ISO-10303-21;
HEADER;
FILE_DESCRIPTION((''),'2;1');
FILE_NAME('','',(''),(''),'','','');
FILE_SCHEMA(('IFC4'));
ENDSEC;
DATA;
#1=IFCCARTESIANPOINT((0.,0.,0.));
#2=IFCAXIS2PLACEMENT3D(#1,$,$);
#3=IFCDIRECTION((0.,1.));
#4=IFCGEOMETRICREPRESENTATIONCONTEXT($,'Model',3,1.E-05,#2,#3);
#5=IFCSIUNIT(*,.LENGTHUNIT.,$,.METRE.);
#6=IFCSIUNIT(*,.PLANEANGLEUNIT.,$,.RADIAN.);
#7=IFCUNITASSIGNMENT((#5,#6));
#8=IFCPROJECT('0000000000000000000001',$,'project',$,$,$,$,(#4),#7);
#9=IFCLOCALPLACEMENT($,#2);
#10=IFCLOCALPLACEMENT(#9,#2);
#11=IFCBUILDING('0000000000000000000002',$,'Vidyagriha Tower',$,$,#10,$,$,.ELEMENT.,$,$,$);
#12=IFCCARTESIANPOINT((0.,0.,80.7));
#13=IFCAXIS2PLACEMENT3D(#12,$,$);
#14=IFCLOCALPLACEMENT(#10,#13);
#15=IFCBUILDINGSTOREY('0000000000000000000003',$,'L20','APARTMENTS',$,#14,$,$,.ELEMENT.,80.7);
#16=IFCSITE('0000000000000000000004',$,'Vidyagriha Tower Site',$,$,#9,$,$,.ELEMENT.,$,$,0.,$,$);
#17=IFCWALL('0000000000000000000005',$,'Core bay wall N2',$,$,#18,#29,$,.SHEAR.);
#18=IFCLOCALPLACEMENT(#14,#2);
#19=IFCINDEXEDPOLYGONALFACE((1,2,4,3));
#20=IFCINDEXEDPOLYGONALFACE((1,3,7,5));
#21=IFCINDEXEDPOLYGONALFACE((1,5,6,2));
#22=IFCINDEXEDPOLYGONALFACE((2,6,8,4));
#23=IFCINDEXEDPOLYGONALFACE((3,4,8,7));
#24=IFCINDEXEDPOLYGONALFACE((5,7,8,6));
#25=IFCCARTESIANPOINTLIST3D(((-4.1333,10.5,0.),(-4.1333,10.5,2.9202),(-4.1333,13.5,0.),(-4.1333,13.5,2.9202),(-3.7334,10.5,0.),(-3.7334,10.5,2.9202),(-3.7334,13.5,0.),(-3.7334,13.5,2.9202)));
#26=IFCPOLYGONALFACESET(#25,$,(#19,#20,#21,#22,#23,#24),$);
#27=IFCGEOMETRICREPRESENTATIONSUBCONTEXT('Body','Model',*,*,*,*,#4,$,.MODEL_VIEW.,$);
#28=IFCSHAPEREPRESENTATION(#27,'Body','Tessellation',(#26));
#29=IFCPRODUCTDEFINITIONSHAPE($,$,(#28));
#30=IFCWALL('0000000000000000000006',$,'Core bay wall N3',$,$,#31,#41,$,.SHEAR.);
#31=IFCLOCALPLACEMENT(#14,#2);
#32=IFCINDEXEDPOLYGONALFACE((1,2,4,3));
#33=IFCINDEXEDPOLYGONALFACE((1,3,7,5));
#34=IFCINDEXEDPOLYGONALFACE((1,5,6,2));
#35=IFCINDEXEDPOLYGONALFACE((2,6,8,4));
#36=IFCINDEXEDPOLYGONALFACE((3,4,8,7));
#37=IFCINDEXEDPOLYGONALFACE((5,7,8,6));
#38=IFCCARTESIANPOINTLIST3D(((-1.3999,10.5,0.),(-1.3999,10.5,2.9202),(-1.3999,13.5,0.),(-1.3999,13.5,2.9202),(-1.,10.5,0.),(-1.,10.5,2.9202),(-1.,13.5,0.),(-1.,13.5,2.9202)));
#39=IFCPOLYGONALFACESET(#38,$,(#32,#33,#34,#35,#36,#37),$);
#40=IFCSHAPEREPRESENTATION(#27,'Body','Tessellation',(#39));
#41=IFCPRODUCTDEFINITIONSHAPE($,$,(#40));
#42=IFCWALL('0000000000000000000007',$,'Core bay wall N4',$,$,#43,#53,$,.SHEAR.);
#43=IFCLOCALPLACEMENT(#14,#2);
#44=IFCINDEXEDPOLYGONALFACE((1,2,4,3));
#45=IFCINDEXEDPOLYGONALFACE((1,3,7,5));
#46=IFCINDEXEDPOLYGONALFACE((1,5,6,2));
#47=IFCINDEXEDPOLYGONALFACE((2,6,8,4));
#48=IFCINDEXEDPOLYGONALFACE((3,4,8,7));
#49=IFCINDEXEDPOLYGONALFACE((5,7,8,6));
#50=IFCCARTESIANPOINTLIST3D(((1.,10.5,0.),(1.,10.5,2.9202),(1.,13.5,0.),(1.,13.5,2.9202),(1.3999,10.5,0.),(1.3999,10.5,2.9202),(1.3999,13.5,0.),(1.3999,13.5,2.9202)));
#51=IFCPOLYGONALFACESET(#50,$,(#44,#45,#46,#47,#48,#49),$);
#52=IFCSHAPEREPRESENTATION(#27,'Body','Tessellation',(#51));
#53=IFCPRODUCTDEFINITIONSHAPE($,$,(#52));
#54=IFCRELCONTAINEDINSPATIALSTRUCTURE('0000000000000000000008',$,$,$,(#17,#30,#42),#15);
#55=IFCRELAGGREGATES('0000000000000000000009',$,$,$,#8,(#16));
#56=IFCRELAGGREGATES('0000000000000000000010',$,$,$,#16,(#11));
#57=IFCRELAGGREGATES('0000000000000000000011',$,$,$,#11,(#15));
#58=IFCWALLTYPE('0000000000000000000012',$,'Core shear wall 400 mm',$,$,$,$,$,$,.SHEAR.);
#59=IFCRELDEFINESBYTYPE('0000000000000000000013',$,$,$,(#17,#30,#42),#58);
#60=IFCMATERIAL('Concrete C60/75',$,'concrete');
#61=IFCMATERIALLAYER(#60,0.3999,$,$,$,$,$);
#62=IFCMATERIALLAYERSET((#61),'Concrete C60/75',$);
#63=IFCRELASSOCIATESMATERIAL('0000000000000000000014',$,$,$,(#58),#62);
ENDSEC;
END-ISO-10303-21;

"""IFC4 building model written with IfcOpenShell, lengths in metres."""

from ifc_helpers import new_model, si_unit, direction, frame, frame_2d, origin, place, context, subcontext, project, spatial, rectangle, extrude, material, layer, layer_set, type_object, element, save


model = new_model("IFC4")

# Units and contexts
model_context = context("Model", 3, precision=1e-05, world=origin(), true_north=direction((0.0, 1.0)))
body_context = subcontext(model_context, "Body", "Model", "MODEL_VIEW")
ifc_project = project(units=[si_unit("LENGTHUNIT", "METRE"), si_unit("PLANEANGLEUNIT", "RADIAN")], contexts=[model_context])

# Site, building, storey
site_placement = place(None, origin())
site = spatial("IfcSite", under=ifc_project, at=site_placement, Name="Vidyagriha Tower Site", CompositionType="ELEMENT", RefElevation=0.0)
building_placement = place(site_placement, origin())
building = spatial("IfcBuilding", under=site, at=building_placement, Name="Vidyagriha Tower", CompositionType="ELEMENT")
storey_placement = place(building_placement, frame((0.0, 0.0, 80.7)))
storey = spatial("IfcBuildingStorey", under=building, at=storey_placement, Name="L20", Description="APARTMENTS", CompositionType="ELEMENT", Elevation=80.7)

# Shared definitions
ifc_material_1 = material(Name="Concrete C60/75", Category="concrete")
ifc_layer_1 = layer(ifc_material_1, 0.3999)
ifc_layer_set_1 = layer_set([ifc_layer_1], Name="Concrete C60/75")
wall_type = type_object("IfcWallType", Name="Core shear wall 400 mm", PredefinedType="SHEAR", material=ifc_layer_set_1)

# Walls
for number, where, z_axis, x_axis, name in (
    (1, (-3.9333, 10.5, 0.0), (0.0, 0.0, 1.0), (0.0, 1.0, 0.0), "Core bay wall N2"),
    (2, (-1.2, 10.5, 0.0), (0.0, 0.0, 1.0), (0.0, 1.0, 0.0), "Core bay wall N3"),
    (3, (1.2, 10.5, 0.0), (0.0, 0.0, 1.0), (0.0, 1.0, 0.0), "Core bay wall N4"),
):
    element("IfcWall", number, at=place(storey_placement, frame(where, z_axis=z_axis, x_axis=x_axis)), inside=storey, type_object=wall_type, Name=name, PredefinedType="SHEAR", context=body_context, shape_type="SweptSolid", body=[
        extrude(rectangle(XDim=3.0, YDim=0.3999, at=frame_2d((1.5, 0.0))), origin(), (0.0, 0.0, 1.0), 2.9202),
    ])

save(model, "model.ifc")
